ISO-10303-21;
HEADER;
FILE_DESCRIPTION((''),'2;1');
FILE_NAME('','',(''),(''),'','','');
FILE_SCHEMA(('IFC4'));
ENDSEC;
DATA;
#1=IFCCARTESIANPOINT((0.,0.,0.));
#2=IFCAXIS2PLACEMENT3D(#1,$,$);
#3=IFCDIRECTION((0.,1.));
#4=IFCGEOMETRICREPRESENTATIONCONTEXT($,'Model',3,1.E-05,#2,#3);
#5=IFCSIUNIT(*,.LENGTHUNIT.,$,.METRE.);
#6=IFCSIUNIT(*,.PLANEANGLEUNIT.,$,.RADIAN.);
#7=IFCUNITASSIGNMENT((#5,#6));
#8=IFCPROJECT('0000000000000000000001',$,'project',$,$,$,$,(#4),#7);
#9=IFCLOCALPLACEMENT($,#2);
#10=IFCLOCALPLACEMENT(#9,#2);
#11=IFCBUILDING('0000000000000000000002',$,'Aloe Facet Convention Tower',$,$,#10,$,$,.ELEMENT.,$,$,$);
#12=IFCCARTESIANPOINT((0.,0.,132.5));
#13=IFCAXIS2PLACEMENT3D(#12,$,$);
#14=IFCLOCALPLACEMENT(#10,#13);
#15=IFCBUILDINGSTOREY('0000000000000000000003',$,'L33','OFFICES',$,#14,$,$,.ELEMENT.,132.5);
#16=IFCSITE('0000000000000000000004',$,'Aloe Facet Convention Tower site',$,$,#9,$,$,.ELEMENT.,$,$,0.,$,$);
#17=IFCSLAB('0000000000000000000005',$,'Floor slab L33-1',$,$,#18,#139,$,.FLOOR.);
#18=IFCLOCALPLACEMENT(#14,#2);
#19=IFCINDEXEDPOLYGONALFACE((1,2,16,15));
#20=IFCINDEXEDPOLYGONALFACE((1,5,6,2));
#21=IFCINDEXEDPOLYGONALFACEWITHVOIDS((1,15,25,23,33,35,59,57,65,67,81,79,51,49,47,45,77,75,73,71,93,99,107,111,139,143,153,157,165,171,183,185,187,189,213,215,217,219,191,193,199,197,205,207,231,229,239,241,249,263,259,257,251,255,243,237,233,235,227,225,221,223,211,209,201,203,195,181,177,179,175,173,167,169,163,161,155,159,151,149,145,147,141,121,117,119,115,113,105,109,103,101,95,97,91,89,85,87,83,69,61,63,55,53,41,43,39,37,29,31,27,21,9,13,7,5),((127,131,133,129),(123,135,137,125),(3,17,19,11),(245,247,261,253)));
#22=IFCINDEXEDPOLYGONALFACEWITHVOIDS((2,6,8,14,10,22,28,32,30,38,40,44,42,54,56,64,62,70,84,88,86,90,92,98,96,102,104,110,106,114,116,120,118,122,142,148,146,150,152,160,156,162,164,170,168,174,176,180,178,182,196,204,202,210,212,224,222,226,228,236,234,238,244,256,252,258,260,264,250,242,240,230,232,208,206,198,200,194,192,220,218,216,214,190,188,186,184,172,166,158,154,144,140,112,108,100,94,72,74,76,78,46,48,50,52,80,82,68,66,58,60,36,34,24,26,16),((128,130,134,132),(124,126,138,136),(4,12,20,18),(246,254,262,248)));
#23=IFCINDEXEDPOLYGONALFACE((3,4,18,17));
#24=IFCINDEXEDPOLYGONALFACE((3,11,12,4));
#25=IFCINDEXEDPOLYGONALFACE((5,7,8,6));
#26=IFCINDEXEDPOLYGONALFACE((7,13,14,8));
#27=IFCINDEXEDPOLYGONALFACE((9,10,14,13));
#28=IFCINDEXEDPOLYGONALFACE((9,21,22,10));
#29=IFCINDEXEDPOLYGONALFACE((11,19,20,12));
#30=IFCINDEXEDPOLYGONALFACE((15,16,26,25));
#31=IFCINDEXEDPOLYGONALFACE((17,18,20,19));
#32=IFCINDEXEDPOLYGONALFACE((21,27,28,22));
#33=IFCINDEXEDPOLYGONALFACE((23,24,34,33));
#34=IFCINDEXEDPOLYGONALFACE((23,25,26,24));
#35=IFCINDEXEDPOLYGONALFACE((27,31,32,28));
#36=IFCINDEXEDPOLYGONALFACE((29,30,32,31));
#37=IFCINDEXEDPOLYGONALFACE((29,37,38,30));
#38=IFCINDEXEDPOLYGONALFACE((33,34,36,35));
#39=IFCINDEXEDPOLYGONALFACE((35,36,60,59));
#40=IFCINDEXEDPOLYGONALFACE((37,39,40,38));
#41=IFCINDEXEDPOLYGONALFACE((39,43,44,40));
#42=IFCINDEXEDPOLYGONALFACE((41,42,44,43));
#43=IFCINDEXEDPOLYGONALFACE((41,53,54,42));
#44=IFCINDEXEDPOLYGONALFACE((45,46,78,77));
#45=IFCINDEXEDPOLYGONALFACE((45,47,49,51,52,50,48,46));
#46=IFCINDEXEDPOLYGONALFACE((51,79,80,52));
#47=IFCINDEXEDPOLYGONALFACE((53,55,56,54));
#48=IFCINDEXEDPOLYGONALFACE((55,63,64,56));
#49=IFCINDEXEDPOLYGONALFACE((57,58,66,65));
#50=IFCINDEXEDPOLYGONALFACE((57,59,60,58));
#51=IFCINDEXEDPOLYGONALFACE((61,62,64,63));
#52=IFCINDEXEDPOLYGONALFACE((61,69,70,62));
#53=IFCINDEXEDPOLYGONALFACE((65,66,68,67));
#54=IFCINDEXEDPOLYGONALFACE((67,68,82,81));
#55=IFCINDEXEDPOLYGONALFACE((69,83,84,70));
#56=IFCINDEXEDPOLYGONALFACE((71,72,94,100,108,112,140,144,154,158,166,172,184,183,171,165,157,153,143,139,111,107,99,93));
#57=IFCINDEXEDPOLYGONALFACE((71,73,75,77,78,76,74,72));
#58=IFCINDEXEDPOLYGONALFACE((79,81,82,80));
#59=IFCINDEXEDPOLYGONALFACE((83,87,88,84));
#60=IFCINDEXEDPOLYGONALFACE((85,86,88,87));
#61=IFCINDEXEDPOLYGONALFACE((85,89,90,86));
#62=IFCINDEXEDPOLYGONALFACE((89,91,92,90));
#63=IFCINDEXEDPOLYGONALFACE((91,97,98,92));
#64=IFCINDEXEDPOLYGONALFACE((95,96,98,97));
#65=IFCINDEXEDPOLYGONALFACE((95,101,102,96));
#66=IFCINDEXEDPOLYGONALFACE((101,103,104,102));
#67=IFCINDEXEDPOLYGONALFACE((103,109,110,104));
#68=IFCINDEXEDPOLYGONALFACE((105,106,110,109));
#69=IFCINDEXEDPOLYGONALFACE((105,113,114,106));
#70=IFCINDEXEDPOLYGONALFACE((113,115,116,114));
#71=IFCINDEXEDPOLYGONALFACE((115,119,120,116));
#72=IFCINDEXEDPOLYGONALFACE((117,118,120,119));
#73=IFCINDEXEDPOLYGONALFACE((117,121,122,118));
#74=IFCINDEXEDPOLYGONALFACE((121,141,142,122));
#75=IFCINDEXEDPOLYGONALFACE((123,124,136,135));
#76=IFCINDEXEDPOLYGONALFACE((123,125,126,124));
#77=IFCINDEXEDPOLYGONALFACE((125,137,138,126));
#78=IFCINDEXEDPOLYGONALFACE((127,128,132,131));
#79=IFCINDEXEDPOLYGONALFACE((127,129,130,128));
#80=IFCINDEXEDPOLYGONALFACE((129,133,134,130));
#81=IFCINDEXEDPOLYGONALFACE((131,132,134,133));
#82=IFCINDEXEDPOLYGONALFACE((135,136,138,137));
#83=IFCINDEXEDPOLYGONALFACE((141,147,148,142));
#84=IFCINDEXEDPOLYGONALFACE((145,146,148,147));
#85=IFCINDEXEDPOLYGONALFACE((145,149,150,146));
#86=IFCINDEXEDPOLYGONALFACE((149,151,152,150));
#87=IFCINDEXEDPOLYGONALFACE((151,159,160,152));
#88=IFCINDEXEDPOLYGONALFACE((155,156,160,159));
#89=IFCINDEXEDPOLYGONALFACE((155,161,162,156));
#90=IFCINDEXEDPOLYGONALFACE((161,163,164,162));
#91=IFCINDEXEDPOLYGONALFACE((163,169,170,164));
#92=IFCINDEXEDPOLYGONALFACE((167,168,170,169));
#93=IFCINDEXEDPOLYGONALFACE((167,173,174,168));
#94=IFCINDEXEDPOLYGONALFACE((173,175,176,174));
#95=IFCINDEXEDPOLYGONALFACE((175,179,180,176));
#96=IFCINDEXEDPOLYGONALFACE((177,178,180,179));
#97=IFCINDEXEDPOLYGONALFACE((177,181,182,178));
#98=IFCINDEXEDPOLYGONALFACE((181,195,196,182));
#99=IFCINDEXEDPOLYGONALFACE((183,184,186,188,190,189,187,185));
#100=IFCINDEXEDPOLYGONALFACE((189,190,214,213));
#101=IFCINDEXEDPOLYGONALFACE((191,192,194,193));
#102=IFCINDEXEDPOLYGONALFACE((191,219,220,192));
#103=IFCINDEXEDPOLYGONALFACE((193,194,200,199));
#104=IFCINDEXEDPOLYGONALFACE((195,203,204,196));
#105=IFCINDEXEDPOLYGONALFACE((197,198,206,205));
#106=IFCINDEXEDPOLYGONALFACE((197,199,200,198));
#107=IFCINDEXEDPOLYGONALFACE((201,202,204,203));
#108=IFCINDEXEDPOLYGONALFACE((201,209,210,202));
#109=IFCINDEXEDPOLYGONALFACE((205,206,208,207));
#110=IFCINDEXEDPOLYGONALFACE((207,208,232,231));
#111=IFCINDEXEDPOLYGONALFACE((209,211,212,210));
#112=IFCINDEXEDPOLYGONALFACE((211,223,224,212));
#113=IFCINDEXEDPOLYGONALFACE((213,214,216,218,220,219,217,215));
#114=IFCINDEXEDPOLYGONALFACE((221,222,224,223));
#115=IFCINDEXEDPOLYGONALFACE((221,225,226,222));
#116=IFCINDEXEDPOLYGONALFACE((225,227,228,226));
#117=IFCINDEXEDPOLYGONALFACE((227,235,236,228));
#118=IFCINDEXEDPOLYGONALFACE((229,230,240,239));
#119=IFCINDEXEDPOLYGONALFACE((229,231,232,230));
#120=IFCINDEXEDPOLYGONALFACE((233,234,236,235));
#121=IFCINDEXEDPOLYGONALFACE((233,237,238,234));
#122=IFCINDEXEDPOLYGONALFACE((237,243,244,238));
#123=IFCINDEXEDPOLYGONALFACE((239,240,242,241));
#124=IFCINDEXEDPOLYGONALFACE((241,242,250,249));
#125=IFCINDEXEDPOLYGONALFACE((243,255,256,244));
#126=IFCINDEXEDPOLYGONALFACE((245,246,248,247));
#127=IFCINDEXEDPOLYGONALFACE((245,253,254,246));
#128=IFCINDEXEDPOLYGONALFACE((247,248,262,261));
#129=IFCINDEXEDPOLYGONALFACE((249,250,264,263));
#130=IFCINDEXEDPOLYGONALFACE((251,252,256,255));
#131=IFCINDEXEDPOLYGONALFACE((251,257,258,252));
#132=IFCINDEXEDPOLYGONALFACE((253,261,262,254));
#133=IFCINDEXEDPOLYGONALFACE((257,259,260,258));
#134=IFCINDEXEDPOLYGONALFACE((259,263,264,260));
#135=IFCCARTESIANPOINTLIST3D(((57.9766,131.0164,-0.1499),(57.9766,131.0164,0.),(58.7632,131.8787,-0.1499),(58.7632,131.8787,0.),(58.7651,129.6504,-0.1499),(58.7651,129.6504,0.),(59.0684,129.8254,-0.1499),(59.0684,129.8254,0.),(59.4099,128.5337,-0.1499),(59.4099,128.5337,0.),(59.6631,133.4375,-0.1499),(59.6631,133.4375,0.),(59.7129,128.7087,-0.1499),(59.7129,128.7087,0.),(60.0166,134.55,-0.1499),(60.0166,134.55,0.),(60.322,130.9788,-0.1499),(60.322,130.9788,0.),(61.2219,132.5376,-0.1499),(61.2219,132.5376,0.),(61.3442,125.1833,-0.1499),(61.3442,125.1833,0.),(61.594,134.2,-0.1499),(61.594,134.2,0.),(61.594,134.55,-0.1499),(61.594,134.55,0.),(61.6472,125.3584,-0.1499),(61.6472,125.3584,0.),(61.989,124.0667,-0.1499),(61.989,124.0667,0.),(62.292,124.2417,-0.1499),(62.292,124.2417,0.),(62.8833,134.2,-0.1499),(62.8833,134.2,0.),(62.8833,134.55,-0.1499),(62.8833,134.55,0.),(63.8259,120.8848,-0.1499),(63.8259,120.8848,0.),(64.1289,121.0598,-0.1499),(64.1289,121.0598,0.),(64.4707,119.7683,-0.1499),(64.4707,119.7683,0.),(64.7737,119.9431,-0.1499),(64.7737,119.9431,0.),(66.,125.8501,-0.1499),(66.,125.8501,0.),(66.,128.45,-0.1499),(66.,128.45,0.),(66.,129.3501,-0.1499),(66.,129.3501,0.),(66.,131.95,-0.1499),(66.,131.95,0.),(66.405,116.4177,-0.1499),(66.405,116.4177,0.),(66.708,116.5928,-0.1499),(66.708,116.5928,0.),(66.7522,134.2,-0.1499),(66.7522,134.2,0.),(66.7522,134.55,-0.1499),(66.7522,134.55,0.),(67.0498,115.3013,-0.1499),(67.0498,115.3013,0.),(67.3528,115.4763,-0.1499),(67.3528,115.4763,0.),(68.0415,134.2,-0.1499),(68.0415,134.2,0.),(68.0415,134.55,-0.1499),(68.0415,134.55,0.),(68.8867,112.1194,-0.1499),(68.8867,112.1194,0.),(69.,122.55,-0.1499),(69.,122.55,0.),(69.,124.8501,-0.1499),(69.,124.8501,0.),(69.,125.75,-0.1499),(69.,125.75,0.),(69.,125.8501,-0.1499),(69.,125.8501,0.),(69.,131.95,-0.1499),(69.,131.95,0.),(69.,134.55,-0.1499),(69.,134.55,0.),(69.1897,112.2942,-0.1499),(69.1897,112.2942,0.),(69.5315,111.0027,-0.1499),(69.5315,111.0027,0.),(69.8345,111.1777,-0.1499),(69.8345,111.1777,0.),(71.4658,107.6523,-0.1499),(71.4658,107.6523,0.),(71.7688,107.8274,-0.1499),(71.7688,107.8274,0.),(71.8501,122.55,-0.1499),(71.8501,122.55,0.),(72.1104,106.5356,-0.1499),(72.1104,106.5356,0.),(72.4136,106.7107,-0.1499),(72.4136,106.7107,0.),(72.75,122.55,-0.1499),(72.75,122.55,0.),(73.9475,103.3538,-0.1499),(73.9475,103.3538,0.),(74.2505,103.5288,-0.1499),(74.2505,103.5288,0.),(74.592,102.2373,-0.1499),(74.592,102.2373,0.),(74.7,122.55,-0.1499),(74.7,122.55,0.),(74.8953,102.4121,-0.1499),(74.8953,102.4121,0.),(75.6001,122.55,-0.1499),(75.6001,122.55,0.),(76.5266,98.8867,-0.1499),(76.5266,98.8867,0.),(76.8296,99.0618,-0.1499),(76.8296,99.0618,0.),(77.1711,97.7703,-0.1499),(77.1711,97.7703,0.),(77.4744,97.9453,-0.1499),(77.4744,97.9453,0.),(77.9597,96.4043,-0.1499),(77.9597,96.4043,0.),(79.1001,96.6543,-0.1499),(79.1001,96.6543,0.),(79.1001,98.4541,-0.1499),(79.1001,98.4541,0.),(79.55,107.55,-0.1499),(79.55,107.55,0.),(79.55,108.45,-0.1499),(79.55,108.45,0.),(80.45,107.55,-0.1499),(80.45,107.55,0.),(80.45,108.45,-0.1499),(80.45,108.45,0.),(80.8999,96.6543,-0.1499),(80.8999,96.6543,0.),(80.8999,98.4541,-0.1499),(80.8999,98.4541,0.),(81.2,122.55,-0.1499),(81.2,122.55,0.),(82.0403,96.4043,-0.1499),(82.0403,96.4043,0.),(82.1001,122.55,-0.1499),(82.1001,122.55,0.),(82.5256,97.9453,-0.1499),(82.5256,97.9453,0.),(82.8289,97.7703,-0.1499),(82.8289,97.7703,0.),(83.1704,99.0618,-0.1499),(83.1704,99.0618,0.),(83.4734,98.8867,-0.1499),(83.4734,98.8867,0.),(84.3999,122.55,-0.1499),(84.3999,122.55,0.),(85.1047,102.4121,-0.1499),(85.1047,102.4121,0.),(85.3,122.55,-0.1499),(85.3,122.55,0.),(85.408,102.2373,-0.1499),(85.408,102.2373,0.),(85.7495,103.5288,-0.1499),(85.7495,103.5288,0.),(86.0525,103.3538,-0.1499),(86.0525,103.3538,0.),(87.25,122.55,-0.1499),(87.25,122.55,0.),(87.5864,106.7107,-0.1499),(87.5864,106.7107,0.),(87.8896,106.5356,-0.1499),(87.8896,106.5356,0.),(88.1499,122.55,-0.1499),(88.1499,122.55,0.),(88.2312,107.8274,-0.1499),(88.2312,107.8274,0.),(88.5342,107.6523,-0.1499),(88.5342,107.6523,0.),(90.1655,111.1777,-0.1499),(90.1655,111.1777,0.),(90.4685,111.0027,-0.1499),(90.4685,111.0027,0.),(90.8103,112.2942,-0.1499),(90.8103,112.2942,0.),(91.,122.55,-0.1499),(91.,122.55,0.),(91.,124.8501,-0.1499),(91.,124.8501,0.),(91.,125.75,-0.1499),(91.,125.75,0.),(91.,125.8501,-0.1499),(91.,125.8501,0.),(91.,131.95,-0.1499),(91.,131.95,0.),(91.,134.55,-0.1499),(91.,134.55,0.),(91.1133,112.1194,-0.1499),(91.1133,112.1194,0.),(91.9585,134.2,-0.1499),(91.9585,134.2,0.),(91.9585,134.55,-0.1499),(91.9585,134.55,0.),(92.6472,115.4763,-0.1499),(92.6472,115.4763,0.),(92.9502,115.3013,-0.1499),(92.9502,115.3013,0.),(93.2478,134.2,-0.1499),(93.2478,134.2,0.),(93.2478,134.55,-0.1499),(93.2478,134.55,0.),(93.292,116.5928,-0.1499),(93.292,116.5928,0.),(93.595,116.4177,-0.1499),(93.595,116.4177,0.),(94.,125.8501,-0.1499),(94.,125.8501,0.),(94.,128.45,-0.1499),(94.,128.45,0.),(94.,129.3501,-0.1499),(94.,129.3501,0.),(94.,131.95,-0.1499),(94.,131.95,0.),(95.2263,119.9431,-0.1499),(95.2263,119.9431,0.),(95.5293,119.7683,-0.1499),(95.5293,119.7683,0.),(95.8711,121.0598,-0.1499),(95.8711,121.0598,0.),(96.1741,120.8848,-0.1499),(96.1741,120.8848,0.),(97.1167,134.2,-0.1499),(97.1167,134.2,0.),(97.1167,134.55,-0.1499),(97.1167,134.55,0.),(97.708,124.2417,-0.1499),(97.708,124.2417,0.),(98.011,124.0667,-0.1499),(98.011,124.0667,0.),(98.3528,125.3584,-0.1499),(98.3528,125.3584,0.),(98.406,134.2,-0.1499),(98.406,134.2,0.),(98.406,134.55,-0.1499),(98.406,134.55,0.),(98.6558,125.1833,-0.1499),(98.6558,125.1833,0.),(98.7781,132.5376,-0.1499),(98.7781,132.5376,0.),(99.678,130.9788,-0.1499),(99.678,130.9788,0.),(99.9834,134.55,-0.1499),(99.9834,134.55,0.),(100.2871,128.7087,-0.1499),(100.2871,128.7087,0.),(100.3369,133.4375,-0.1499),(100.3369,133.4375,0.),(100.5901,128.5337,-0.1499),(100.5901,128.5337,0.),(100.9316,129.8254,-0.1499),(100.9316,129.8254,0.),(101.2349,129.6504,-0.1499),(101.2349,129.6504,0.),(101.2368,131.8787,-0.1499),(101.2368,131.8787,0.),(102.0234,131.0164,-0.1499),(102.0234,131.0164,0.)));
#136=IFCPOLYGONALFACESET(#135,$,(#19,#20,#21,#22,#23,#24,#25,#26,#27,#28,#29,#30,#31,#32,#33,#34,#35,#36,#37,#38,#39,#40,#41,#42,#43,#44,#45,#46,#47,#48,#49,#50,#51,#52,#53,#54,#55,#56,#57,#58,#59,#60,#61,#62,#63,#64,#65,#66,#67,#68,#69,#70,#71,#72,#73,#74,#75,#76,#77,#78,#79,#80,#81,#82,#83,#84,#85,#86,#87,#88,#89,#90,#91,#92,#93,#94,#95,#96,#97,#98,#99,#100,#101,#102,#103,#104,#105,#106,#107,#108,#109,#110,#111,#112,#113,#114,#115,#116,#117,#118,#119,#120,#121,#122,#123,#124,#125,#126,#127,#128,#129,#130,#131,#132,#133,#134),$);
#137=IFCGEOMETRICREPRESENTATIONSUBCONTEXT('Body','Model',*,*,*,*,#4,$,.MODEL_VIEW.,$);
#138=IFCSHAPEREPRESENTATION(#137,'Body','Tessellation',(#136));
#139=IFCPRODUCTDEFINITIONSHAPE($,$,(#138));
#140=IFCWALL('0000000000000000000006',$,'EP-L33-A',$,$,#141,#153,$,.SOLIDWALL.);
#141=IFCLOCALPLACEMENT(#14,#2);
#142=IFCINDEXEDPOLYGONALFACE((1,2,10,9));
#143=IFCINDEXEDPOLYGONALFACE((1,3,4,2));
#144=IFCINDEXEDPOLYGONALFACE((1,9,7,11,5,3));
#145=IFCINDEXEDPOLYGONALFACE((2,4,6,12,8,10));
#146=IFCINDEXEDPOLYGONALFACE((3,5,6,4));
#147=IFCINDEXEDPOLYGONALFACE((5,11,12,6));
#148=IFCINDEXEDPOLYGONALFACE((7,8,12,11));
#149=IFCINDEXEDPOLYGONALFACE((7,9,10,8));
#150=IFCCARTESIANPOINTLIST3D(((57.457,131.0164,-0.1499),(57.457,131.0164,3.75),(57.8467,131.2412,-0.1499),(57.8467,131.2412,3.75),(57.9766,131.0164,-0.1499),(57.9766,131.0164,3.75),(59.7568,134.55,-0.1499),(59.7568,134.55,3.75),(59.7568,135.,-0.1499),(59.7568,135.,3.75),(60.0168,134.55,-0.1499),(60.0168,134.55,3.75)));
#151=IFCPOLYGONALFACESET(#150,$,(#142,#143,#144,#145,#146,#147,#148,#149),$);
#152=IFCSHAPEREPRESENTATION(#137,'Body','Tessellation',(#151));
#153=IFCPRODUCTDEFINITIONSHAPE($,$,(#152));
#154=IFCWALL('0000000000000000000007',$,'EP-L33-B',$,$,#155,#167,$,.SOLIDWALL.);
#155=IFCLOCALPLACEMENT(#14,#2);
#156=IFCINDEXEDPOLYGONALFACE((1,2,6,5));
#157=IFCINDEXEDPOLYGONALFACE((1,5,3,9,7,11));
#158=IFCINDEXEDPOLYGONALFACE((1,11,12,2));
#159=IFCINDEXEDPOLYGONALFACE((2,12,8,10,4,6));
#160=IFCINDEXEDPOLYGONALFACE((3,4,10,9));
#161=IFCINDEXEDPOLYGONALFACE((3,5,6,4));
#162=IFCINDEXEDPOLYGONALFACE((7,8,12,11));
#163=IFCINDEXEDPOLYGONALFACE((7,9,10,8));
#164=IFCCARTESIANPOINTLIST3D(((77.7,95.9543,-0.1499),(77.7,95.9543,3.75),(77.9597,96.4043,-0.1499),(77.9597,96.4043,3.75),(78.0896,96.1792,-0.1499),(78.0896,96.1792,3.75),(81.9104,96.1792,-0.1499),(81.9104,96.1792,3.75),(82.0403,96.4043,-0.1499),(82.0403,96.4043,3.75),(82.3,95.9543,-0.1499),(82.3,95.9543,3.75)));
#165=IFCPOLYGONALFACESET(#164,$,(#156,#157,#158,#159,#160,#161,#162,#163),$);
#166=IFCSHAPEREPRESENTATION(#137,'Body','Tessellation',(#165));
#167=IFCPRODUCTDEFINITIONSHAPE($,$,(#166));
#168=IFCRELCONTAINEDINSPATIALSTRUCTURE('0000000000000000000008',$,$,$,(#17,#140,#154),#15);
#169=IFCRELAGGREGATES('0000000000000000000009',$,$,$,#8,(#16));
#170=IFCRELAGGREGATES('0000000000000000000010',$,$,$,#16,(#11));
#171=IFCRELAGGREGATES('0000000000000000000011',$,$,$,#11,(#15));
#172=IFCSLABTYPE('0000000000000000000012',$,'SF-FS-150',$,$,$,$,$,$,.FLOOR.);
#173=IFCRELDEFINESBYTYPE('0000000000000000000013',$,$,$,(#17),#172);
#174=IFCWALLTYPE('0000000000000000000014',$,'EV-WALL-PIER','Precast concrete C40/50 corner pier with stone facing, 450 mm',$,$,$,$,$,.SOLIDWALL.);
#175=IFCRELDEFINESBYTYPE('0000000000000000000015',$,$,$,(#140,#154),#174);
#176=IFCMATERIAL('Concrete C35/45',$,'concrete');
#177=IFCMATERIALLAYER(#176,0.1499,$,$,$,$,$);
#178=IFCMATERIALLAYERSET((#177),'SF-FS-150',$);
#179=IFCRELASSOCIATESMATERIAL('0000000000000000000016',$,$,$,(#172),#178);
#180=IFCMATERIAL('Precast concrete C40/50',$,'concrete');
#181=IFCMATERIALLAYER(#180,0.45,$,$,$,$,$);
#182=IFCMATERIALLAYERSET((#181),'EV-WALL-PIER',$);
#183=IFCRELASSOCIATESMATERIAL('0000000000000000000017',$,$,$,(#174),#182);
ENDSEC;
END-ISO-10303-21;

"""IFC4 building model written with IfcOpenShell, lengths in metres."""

from ifc_helpers import new_model, si_unit, direction, frame, origin, place, context, subcontext, project, spatial, polyline, outline, extrude, material, layer, layer_set, type_object, element, save


model = new_model("IFC4")

# Units and contexts
model_context = context("Model", 3, precision=1e-05, world=origin(), true_north=direction((0.0, 1.0)))
body_context = subcontext(model_context, "Body", "Model", "MODEL_VIEW")
ifc_project = project(units=[si_unit("LENGTHUNIT", "METRE"), si_unit("PLANEANGLEUNIT", "RADIAN")], contexts=[model_context])

# Site, building, storey
site_placement = place(None, origin())
site = spatial("IfcSite", under=ifc_project, at=site_placement, Name="Aloe Facet Convention Tower site", CompositionType="ELEMENT", RefElevation=0.0)
building_placement = place(site_placement, origin())
building = spatial("IfcBuilding", under=site, at=building_placement, Name="Aloe Facet Convention Tower", CompositionType="ELEMENT")
storey_placement = place(building_placement, frame((0.0, 0.0, 132.5)))
storey = spatial("IfcBuildingStorey", under=building, at=storey_placement, Name="L33", Description="OFFICES", CompositionType="ELEMENT", Elevation=132.5)

# Slab
ifc_material_1 = material(Name="Concrete C35/45", Category="concrete")
ifc_layer_1 = layer(ifc_material_1, 0.1499)
ifc_layer_set_1 = layer_set([ifc_layer_1], Name="SF-FS-150")
slab_type_1 = type_object("IfcSlabType", Name="SF-FS-150", PredefinedType="FLOOR", material=ifc_layer_set_1)
slab_1_placement = place(storey_placement, frame((0.0, 0.0, -0.1499)))
element("IfcSlab", 1, at=slab_1_placement, inside=storey, type_object=slab_type_1, Name="Floor slab L33-1", PredefinedType="FLOOR", context=body_context, shape_type="SweptSolid", body=[
    extrude(outline(polyline([(102.0234, 131.0164), (101.2349, 129.6504), (100.9316, 129.8254), (100.2871, 128.7087), (100.5901, 128.5337), (98.6558, 125.1833), (98.3528, 125.3584), (97.708, 124.2417), (98.011, 124.0667), (96.1741, 120.8848), (95.8711, 121.0598), (95.2263, 119.9431), (95.5293, 119.7683), (93.595, 116.4177), (93.292, 116.5928), (92.6472, 115.4763), (92.9502, 115.3013), (91.1133, 112.1194), (90.8103, 112.2942), (90.1655, 111.1777), (90.4685, 111.0027), (88.5342, 107.6523), (88.2312, 107.8274), (87.5864, 106.7107), (87.8896, 106.5356), (86.0525, 103.3538), (85.7495, 103.5288), (85.1047, 102.4121), (85.408, 102.2373), (83.4734, 98.8867), (83.1704, 99.0618), (82.5256, 97.9453), (82.8289, 97.7703), (82.0403, 96.4043), (77.9597, 96.4043), (77.1711, 97.7703), (77.4744, 97.9453), (76.8296, 99.0618), (76.5266, 98.8867), (74.592, 102.2373), (74.8953, 102.4121), (74.2505, 103.5288), (73.9475, 103.3538), (72.1104, 106.5356), (72.4136, 106.7107), (71.7688, 107.8274), (71.4658, 107.6523), (69.5315, 111.0027), (69.8345, 111.1777), (69.1897, 112.2942), (68.8867, 112.1194), (67.0498, 115.3013), (67.3528, 115.4763), (66.708, 116.5928), (66.405, 116.4177), (64.4707, 119.7683), (64.7737, 119.9431), (64.1289, 121.0598), (63.8259, 120.8848), (61.989, 124.0667), (62.292, 124.2417), (61.6472, 125.3584), (61.3442, 125.1833), (59.4099, 128.5337), (59.7129, 128.7087), (59.0684, 129.8254), (58.7651, 129.6504), (57.9766, 131.0164), (60.0166, 134.55), (61.594, 134.55), (61.594, 134.2), (62.8833, 134.2), (62.8833, 134.55), (66.7522, 134.55), (66.7522, 134.2), (68.0415, 134.2), (68.0415, 134.55), (69.0, 134.55), (69.0, 131.95), (66.0, 131.95), (66.0, 129.3501), (66.0, 128.45), (66.0, 125.8501), (69.0, 125.8501), (69.0, 125.75), (69.0, 124.8501), (69.0, 122.55), (71.8501, 122.55), (72.75, 122.55), (74.7, 122.55), (75.6001, 122.55), (81.2, 122.55), (82.1001, 122.55), (84.3999, 122.55), (85.3, 122.55), (87.25, 122.55), (88.1499, 122.55), (91.0, 122.55), (91.0, 124.8501), (91.0, 125.75), (91.0, 125.8501), (94.0, 125.8501), (94.0, 128.45), (94.0, 129.3501), (94.0, 131.95), (91.0, 131.95), (91.0, 134.55), (91.9585, 134.55), (91.9585, 134.2), (93.2478, 134.2), (93.2478, 134.55), (97.1167, 134.55), (97.1167, 134.2), (98.406, 134.2), (98.406, 134.55), (99.9834, 134.55), (102.0234, 131.0164)]), holes=[polyline([(80.8999, 96.6543), (80.8999, 98.4541), (79.1001, 98.4541), (79.1001, 96.6543), (80.8999, 96.6543)]), polyline([(59.6631, 133.4375), (58.7632, 131.8787), (60.322, 130.9788), (61.2219, 132.5376), (59.6631, 133.4375)]), polyline([(80.45, 107.55), (80.45, 108.45), (79.55, 108.45), (79.55, 107.55), (80.45, 107.55)]), polyline([(101.2368, 131.8787), (100.3369, 133.4375), (98.7781, 132.5376), (99.678, 130.9788), (101.2368, 131.8787)])]), origin(), (0.0, 0.0, 1.0), 0.1499),
])

# Walls
ifc_material_2 = material(Name="Precast concrete C40/50", Category="concrete")
ifc_layer_2 = layer(ifc_material_2, 0.45)
ifc_layer_set_2 = layer_set([ifc_layer_2], Name="EV-WALL-PIER")
wall_type_1 = type_object("IfcWallType", Name="EV-WALL-PIER", Description="Precast concrete C40/50 corner pier with stone facing, 450 mm", PredefinedType="SOLIDWALL", material=ifc_layer_set_2)
wall_1_placement = place(storey_placement, frame((0.0, 0.0, -0.1499)))
element("IfcWall", 2, at=wall_1_placement, inside=storey, type_object=wall_type_1, Name="EP-L33-A", PredefinedType="SOLIDWALL", context=body_context, shape_type="SweptSolid", body=[
    extrude(outline(polyline([(59.7568, 135.0), (59.7568, 134.55), (60.0168, 134.55), (57.9766, 131.0164), (57.8467, 131.2412), (57.457, 131.0164), (59.7568, 135.0)])), origin(), (0.0, 0.0, 1.0), 3.8999),
])
wall_2_placement = place(storey_placement, frame((0.0, 0.0, -0.1499)))
element("IfcWall", 3, at=wall_2_placement, inside=storey, type_object=wall_type_1, Name="EP-L33-B", PredefinedType="SOLIDWALL", context=body_context, shape_type="SweptSolid", body=[
    extrude(outline(polyline([(77.7, 95.9543), (78.0896, 96.1792), (77.9597, 96.4043), (82.0403, 96.4043), (81.9104, 96.1792), (82.3, 95.9543), (77.7, 95.9543)])), origin(), (0.0, 0.0, 1.0), 3.8999),
])

save(model, "model.ifc")
